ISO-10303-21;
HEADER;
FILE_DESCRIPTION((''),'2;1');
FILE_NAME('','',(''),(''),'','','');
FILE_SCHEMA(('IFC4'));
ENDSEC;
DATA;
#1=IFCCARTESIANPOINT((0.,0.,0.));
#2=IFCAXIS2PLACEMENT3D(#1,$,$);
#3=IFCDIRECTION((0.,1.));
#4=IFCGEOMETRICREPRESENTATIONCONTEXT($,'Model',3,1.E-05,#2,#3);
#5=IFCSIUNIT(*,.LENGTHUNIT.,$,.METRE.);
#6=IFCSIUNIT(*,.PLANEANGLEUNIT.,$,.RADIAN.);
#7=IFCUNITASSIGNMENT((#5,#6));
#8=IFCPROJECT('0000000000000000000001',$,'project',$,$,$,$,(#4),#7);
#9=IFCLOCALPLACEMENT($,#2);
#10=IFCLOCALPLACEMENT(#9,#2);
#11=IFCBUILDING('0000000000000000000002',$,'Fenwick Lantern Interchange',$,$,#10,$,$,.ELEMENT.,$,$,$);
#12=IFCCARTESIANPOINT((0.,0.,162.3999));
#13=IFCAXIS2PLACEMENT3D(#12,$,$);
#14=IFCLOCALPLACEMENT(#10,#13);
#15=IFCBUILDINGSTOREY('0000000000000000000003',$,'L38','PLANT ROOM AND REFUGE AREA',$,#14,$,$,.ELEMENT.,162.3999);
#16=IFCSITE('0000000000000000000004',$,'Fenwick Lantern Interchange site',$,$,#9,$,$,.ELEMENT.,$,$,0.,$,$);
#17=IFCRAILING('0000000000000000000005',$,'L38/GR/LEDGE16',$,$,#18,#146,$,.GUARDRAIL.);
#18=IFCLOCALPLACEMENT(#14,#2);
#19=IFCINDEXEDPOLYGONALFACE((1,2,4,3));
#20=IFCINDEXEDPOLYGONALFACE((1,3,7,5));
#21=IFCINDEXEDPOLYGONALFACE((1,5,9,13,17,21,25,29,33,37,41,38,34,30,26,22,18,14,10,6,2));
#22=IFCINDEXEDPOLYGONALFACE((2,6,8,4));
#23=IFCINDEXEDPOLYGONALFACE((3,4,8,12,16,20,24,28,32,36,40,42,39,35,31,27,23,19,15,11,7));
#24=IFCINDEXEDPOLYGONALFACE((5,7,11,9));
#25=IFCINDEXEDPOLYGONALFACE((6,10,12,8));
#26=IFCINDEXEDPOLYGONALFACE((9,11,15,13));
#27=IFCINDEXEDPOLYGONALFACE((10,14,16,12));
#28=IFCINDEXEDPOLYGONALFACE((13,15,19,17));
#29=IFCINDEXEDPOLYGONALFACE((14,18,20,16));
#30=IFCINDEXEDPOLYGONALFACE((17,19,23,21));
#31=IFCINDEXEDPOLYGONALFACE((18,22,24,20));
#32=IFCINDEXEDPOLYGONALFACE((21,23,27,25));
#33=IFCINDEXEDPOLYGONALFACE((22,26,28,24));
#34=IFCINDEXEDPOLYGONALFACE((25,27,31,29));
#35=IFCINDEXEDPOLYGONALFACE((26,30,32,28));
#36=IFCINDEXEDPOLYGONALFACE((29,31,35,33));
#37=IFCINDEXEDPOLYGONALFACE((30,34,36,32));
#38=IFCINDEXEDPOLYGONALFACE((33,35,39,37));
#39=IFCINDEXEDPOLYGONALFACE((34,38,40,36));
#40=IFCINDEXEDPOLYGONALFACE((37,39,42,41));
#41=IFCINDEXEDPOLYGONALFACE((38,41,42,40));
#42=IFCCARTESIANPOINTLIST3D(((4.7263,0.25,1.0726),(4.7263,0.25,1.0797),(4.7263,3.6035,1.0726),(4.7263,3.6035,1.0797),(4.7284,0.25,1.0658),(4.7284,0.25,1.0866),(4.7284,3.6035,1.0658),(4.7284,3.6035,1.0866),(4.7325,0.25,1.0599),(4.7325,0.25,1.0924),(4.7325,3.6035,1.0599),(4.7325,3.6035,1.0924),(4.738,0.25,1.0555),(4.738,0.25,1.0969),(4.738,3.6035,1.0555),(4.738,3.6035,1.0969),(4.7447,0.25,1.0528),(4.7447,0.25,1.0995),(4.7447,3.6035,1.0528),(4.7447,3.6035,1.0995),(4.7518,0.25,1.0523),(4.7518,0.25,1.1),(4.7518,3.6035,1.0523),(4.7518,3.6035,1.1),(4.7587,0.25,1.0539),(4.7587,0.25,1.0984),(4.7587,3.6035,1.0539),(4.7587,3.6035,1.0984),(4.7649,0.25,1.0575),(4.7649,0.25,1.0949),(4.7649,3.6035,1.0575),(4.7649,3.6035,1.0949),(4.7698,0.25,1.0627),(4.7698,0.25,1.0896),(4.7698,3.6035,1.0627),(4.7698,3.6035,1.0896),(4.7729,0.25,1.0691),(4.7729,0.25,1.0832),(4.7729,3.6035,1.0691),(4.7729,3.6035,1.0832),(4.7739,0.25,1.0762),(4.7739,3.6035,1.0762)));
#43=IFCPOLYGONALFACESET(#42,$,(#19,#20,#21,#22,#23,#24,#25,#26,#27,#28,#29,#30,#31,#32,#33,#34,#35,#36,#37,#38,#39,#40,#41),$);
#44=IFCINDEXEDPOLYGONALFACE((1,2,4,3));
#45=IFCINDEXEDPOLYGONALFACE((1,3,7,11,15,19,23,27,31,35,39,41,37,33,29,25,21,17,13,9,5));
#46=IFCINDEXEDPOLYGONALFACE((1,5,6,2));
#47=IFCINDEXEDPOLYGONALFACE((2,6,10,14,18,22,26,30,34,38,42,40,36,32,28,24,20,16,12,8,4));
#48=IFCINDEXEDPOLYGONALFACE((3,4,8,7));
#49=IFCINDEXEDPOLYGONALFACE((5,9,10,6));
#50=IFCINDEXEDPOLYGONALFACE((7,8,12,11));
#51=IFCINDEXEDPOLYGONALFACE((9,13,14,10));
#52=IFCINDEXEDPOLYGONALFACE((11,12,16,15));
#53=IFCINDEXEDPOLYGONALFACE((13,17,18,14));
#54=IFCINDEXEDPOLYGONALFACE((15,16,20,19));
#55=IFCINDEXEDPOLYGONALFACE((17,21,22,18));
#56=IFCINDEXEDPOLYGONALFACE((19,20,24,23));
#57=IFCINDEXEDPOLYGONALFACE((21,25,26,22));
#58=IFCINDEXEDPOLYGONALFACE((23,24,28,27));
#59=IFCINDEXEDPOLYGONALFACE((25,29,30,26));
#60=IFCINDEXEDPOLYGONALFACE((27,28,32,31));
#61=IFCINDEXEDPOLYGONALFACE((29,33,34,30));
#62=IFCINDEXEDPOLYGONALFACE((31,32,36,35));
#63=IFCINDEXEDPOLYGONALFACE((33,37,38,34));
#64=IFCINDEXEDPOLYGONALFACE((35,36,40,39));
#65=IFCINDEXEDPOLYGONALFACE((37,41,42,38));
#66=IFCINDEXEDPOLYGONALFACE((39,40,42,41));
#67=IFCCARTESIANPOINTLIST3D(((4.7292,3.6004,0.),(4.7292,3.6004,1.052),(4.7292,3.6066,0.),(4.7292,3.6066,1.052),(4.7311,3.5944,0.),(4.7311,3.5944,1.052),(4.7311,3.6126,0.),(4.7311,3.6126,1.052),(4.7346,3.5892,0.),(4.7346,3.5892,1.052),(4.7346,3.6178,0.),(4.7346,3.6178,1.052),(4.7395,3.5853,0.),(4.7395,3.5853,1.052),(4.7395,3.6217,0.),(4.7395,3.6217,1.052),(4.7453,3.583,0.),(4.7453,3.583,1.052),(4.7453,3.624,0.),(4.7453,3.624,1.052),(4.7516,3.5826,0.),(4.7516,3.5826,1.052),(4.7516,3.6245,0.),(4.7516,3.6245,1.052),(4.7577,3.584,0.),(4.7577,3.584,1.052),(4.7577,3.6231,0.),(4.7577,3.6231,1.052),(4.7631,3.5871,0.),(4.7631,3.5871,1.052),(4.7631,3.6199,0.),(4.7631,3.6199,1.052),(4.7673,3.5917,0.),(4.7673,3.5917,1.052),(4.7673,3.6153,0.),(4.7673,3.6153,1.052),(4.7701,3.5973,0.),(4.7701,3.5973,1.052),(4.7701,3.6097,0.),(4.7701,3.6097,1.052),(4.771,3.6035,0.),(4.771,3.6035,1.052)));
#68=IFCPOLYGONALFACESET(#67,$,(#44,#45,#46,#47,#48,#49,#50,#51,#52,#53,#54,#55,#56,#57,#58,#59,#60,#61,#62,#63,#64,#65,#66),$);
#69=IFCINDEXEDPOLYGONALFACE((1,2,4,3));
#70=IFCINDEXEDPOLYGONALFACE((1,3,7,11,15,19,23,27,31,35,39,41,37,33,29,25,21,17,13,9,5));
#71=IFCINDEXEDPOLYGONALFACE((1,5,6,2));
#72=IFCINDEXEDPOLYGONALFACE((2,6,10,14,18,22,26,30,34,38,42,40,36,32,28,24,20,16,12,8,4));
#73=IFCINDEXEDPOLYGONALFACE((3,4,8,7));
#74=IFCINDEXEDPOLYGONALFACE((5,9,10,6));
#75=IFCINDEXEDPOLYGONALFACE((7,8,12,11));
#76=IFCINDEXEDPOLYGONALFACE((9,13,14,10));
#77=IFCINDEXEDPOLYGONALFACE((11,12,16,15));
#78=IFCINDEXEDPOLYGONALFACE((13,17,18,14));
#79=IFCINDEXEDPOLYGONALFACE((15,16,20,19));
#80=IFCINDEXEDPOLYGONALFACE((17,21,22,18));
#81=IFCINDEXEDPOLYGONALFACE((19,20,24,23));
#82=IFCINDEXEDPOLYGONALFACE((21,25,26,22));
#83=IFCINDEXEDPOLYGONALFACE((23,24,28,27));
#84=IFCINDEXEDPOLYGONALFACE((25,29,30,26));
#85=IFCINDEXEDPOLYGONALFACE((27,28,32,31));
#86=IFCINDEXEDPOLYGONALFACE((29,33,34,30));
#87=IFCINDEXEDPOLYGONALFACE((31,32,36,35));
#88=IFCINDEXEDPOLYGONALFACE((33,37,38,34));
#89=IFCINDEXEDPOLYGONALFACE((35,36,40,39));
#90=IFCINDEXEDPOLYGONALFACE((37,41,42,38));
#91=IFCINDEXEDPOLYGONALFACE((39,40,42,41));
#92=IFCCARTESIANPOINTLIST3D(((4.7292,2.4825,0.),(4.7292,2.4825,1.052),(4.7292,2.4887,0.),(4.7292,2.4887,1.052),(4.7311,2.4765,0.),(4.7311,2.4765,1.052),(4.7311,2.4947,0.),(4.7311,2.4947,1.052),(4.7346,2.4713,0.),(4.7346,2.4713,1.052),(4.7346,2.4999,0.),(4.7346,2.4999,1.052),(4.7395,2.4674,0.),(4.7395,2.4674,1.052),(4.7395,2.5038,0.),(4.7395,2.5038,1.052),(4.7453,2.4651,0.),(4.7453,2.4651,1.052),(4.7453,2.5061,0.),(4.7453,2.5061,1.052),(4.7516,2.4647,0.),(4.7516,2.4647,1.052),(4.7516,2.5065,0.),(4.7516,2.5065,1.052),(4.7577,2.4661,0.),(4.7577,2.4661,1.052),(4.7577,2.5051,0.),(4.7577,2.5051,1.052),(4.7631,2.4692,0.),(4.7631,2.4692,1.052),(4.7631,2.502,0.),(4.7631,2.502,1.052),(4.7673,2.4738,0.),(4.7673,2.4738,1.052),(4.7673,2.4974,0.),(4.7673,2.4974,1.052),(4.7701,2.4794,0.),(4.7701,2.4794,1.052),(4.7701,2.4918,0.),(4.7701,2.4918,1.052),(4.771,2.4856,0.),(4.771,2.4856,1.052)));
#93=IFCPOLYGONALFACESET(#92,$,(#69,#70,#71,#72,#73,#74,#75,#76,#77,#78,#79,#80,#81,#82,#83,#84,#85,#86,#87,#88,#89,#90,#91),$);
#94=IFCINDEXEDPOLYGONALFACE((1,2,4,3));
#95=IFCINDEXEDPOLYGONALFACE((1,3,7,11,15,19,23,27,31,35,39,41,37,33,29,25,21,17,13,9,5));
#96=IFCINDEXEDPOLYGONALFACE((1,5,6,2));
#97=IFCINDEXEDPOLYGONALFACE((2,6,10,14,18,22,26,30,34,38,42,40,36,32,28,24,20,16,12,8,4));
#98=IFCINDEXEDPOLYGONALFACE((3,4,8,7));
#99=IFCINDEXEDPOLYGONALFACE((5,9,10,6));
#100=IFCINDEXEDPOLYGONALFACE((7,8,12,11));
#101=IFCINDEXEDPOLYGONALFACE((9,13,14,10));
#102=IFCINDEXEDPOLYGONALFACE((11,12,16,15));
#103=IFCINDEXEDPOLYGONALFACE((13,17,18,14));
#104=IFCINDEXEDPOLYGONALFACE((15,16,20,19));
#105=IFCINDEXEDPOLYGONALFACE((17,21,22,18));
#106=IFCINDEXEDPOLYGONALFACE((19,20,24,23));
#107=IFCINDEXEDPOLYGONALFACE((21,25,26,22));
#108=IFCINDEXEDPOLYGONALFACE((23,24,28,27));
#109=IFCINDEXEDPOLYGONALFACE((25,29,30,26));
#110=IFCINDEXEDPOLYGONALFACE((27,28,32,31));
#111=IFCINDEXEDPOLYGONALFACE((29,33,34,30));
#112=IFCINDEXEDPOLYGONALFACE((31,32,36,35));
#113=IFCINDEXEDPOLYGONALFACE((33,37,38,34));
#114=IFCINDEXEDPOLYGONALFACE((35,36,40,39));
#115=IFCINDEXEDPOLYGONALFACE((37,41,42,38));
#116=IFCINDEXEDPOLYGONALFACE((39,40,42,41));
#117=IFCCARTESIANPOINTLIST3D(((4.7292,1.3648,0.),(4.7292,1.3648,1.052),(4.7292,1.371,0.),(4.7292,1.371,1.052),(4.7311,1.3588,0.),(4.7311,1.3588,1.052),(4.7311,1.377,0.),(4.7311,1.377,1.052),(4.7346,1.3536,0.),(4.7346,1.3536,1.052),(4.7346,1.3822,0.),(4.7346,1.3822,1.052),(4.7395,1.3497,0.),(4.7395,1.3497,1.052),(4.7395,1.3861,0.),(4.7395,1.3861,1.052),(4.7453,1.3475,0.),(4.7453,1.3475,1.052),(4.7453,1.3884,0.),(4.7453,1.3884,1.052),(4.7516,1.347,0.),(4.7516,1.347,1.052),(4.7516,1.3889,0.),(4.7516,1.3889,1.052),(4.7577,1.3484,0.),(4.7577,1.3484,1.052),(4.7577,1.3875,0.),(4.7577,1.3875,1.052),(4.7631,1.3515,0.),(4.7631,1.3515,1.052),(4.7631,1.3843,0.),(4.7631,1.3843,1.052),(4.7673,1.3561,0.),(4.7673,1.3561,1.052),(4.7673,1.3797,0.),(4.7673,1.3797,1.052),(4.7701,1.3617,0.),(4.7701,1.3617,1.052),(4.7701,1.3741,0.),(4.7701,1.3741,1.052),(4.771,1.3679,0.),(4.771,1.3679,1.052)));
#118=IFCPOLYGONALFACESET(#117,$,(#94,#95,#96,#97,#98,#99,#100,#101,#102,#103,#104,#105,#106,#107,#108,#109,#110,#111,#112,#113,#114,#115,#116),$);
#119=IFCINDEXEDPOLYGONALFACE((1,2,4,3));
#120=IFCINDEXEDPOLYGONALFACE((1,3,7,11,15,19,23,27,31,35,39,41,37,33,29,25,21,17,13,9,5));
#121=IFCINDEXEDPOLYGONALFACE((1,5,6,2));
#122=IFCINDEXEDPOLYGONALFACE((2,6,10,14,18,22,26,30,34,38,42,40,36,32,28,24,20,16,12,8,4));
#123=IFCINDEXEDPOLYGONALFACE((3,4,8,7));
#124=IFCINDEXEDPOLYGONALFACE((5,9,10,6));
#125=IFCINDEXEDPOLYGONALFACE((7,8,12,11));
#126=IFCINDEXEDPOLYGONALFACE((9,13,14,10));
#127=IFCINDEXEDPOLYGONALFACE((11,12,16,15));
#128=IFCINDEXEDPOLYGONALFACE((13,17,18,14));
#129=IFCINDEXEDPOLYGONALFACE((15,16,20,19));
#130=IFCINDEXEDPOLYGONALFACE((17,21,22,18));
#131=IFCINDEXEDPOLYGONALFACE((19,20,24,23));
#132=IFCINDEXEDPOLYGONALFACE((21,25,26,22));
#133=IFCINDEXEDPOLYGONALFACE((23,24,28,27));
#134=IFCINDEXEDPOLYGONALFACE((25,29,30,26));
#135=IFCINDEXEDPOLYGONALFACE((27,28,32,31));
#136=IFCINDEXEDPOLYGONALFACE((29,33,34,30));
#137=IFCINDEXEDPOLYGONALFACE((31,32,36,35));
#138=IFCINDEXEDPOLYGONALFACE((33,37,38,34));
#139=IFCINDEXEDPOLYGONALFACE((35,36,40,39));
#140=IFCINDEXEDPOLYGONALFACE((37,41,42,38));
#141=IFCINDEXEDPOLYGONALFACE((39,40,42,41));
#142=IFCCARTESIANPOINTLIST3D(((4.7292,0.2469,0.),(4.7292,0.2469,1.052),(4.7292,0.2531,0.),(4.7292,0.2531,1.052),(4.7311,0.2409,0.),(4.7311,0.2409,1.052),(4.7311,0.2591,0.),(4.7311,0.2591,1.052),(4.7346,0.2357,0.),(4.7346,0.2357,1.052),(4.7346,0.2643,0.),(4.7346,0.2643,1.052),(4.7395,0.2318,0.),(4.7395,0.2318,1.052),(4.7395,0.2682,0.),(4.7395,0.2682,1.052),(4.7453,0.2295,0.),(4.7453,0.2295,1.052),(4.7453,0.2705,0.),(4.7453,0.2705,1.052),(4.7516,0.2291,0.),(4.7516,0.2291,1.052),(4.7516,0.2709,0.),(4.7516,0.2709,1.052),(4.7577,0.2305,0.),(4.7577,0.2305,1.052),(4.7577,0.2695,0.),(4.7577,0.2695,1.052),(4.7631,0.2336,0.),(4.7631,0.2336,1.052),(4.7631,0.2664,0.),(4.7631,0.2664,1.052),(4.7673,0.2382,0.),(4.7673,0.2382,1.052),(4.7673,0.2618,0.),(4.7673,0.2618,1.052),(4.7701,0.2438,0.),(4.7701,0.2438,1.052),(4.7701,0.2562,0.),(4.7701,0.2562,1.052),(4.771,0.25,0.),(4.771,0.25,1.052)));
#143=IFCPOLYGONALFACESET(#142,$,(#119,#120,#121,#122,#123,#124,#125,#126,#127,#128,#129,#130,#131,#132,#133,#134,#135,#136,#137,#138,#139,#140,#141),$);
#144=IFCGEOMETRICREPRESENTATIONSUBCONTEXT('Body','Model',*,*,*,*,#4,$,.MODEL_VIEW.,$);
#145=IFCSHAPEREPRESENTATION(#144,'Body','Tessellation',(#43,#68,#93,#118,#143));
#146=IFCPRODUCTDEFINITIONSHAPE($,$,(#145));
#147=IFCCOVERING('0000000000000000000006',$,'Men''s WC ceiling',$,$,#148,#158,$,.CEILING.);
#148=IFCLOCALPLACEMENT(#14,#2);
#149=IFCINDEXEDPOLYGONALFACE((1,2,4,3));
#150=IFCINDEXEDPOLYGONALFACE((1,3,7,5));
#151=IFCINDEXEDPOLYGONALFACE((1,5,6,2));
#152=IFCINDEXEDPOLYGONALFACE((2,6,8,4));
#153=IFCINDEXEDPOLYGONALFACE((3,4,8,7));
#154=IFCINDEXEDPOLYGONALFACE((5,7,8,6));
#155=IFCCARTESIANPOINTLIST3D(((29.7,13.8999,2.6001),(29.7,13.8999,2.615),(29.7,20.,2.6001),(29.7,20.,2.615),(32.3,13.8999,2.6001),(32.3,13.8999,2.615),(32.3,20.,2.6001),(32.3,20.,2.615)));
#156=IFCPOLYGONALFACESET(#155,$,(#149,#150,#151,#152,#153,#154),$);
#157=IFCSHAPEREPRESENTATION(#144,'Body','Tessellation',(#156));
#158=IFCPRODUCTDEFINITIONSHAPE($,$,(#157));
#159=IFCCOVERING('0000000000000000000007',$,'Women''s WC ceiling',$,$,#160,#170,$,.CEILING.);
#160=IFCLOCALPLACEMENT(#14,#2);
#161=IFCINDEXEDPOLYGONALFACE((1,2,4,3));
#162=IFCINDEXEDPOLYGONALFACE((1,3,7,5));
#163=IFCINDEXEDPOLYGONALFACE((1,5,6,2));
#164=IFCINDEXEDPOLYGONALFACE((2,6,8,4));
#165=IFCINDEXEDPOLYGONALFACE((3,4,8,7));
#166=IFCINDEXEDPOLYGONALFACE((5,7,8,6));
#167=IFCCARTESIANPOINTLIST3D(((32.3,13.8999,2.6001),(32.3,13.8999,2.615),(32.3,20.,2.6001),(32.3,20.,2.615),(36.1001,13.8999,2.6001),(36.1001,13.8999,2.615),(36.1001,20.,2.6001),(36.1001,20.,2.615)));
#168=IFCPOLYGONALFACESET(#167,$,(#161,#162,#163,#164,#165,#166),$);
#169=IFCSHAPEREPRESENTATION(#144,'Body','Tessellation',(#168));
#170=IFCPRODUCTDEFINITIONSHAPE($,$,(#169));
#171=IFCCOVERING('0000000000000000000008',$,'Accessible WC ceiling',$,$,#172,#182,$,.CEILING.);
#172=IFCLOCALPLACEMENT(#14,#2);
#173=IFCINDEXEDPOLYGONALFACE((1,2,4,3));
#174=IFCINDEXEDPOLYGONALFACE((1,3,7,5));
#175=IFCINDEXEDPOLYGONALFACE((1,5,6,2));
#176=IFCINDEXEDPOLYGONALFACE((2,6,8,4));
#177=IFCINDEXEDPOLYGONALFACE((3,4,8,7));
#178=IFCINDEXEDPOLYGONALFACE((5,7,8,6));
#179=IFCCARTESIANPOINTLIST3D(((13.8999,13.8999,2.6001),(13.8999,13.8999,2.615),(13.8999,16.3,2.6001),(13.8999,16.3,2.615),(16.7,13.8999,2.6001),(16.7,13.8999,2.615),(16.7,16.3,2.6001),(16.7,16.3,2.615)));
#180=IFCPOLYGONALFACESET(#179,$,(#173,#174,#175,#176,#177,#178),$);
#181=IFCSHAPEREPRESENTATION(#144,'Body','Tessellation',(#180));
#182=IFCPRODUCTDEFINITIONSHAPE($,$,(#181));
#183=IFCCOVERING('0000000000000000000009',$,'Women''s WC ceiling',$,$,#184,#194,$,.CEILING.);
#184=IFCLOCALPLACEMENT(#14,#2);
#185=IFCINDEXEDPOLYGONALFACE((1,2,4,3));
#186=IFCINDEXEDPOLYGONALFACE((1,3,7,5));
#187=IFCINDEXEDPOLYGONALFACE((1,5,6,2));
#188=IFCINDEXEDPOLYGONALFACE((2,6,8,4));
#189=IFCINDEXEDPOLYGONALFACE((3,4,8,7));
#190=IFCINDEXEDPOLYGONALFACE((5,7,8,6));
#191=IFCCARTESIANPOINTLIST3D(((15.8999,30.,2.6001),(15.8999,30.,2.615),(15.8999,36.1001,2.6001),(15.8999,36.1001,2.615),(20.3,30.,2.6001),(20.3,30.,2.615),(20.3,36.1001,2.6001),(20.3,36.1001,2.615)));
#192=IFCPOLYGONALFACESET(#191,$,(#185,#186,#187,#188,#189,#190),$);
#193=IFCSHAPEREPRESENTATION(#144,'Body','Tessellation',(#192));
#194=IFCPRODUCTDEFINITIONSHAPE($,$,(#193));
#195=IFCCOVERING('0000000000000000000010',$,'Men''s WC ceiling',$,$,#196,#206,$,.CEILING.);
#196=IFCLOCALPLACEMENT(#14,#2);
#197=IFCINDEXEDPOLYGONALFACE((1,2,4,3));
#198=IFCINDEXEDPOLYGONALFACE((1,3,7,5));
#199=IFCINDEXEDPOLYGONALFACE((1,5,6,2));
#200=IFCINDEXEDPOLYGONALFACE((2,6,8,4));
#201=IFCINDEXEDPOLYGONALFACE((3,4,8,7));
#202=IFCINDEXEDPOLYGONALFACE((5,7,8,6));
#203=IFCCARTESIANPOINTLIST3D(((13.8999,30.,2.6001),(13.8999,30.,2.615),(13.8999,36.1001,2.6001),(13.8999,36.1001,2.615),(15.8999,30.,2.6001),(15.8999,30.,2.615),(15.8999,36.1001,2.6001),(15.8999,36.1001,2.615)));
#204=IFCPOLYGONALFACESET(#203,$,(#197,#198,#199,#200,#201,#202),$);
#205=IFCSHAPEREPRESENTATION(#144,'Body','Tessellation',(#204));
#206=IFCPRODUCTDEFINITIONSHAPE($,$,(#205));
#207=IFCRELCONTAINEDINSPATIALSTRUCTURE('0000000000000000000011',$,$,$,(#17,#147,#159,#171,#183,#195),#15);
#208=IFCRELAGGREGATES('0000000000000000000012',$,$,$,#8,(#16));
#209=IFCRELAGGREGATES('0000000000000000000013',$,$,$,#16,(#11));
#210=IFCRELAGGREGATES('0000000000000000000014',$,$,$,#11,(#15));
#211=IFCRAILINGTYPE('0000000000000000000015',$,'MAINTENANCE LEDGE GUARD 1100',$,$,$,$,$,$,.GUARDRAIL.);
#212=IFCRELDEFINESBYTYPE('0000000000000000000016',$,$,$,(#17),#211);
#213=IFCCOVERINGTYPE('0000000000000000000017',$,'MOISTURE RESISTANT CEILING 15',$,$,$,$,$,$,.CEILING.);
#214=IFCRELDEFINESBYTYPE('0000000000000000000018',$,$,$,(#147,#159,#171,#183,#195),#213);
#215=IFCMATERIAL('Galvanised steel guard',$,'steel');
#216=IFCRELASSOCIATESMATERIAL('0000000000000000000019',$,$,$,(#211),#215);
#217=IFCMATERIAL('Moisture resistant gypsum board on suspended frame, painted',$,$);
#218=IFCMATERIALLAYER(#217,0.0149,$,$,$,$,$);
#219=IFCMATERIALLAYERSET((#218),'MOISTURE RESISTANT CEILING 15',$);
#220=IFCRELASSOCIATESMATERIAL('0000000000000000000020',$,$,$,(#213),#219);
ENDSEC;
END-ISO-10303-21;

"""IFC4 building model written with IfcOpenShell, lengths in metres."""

from ifc_helpers import new_model, si_unit, direction, frame, origin, origin_2d, place, context, subcontext, project, spatial, polyline, circle, outline, extrude, material, layer, layer_set, type_object, element, save


model = new_model("IFC4")

# Units and contexts
model_context = context("Model", 3, precision=1e-05, world=origin(), true_north=direction((0.0, 1.0)))
body_context = subcontext(model_context, "Body", "Model", "MODEL_VIEW")
ifc_project = project(units=[si_unit("LENGTHUNIT", "METRE"), si_unit("PLANEANGLEUNIT", "RADIAN")], contexts=[model_context])

# Site, building, storey
site_placement = place(None, origin())
site = spatial("IfcSite", under=ifc_project, at=site_placement, Name="Fenwick Lantern Interchange site", CompositionType="ELEMENT", RefElevation=0.0)
building_placement = place(site_placement, origin())
building = spatial("IfcBuilding", under=site, at=building_placement, Name="Fenwick Lantern Interchange", CompositionType="ELEMENT")
storey_placement = place(building_placement, frame((0.0, 0.0, 162.3999)))
storey = spatial("IfcBuildingStorey", under=building, at=storey_placement, Name="L38", Description="PLANT ROOM AND REFUGE AREA", CompositionType="ELEMENT", Elevation=162.3999)

# Railing
ifc_material_1 = material(Name="Galvanised steel guard", Category="steel")
railing_type = type_object("IfcRailingType", Name="MAINTENANCE LEDGE GUARD 1100", PredefinedType="GUARDRAIL", material=ifc_material_1)
railing_1_placement = place(storey_placement, frame((4.75, 3.6035, 0.0)))
element("IfcRailing", 1, at=railing_1_placement, inside=storey, type_object=railing_type, Name="L38/GR/LEDGE16", PredefinedType="GUARDRAIL", context=body_context, shape_type="SweptSolid", body=[
    extrude(circle(Radius=0.0239, at=origin_2d()), frame((0.0, 0.0, 1.0762), z_axis=(0.0, -1.0, 0.0), x_axis=(1.0, 0.0, 0.0)), (0.0, 0.0, 1.0), 3.3535),
    extrude(circle(Radius=0.021, at=origin_2d()), origin(), (0.0, 0.0, 1.0), 1.052),
    extrude(circle(Radius=0.021, at=origin_2d()), frame((0.0, -1.1179, 0.0)), (0.0, 0.0, 1.0), 1.052),
    extrude(circle(Radius=0.021, at=origin_2d()), frame((0.0, -2.2356, 0.0)), (0.0, 0.0, 1.0), 1.052),
    extrude(circle(Radius=0.021, at=origin_2d()), frame((0.0, -3.3535, 0.0)), (0.0, 0.0, 1.0), 1.052),
])

# Coverings
ifc_material_2 = material(Name="Moisture resistant gypsum board on suspended frame, painted")
ifc_layer_1 = layer(ifc_material_2, 0.0149)
ifc_layer_set_1 = layer_set([ifc_layer_1], Name="MOISTURE RESISTANT CEILING 15")
covering_type_1 = type_object("IfcCoveringType", Name="MOISTURE RESISTANT CEILING 15", PredefinedType="CEILING", material=ifc_layer_set_1)
covering_1_placement = place(storey_placement, frame((0.0, 0.0, 2.6001)))
element("IfcCovering", 2, at=covering_1_placement, inside=storey, type_object=covering_type_1, Name="Men's WC ceiling", PredefinedType="CEILING", context=body_context, shape_type="SweptSolid", body=[
    extrude(outline(polyline([(29.7, 13.8999), (32.3, 13.8999), (32.3, 20.0), (29.7, 20.0), (29.7, 13.8999)])), origin(), (0.0, 0.0, 1.0), 0.0149),
])
covering_2_placement = place(storey_placement, frame((0.0, 0.0, 2.6001)))
element("IfcCovering", 3, at=covering_2_placement, inside=storey, type_object=covering_type_1, Name="Women's WC ceiling", PredefinedType="CEILING", context=body_context, shape_type="SweptSolid", body=[
    extrude(outline(polyline([(32.3, 13.8999), (36.1001, 13.8999), (36.1001, 20.0), (32.3, 20.0), (32.3, 13.8999)])), origin(), (0.0, 0.0, 1.0), 0.0149),
])
covering_3_placement = place(storey_placement, frame((0.0, 0.0, 2.6001)))
element("IfcCovering", 4, at=covering_3_placement, inside=storey, type_object=covering_type_1, Name="Accessible WC ceiling", PredefinedType="CEILING", context=body_context, shape_type="SweptSolid", body=[
    extrude(outline(polyline([(13.8999, 13.8999), (16.7, 13.8999), (16.7, 16.3), (13.8999, 16.3), (13.8999, 13.8999)])), origin(), (0.0, 0.0, 1.0), 0.0149),
])
covering_4_placement = place(storey_placement, frame((0.0, 0.0, 2.6001)))
element("IfcCovering", 5, at=covering_4_placement, inside=storey, type_object=covering_type_1, Name="Women's WC ceiling", PredefinedType="CEILING", context=body_context, shape_type="SweptSolid", body=[
    extrude(outline(polyline([(20.3, 36.1001), (15.8999, 36.1001), (15.8999, 30.0), (20.3, 30.0), (20.3, 36.1001)])), origin(), (0.0, 0.0, 1.0), 0.0149),
])
covering_5_placement = place(storey_placement, frame((0.0, 0.0, 2.6001)))
element("IfcCovering", 6, at=covering_5_placement, inside=storey, type_object=covering_type_1, Name="Men's WC ceiling", PredefinedType="CEILING", context=body_context, shape_type="SweptSolid", body=[
    extrude(outline(polyline([(15.8999, 36.1001), (13.8999, 36.1001), (13.8999, 30.0), (15.8999, 30.0), (15.8999, 36.1001)])), origin(), (0.0, 0.0, 1.0), 0.0149),
])

save(model, "model.ifc")
